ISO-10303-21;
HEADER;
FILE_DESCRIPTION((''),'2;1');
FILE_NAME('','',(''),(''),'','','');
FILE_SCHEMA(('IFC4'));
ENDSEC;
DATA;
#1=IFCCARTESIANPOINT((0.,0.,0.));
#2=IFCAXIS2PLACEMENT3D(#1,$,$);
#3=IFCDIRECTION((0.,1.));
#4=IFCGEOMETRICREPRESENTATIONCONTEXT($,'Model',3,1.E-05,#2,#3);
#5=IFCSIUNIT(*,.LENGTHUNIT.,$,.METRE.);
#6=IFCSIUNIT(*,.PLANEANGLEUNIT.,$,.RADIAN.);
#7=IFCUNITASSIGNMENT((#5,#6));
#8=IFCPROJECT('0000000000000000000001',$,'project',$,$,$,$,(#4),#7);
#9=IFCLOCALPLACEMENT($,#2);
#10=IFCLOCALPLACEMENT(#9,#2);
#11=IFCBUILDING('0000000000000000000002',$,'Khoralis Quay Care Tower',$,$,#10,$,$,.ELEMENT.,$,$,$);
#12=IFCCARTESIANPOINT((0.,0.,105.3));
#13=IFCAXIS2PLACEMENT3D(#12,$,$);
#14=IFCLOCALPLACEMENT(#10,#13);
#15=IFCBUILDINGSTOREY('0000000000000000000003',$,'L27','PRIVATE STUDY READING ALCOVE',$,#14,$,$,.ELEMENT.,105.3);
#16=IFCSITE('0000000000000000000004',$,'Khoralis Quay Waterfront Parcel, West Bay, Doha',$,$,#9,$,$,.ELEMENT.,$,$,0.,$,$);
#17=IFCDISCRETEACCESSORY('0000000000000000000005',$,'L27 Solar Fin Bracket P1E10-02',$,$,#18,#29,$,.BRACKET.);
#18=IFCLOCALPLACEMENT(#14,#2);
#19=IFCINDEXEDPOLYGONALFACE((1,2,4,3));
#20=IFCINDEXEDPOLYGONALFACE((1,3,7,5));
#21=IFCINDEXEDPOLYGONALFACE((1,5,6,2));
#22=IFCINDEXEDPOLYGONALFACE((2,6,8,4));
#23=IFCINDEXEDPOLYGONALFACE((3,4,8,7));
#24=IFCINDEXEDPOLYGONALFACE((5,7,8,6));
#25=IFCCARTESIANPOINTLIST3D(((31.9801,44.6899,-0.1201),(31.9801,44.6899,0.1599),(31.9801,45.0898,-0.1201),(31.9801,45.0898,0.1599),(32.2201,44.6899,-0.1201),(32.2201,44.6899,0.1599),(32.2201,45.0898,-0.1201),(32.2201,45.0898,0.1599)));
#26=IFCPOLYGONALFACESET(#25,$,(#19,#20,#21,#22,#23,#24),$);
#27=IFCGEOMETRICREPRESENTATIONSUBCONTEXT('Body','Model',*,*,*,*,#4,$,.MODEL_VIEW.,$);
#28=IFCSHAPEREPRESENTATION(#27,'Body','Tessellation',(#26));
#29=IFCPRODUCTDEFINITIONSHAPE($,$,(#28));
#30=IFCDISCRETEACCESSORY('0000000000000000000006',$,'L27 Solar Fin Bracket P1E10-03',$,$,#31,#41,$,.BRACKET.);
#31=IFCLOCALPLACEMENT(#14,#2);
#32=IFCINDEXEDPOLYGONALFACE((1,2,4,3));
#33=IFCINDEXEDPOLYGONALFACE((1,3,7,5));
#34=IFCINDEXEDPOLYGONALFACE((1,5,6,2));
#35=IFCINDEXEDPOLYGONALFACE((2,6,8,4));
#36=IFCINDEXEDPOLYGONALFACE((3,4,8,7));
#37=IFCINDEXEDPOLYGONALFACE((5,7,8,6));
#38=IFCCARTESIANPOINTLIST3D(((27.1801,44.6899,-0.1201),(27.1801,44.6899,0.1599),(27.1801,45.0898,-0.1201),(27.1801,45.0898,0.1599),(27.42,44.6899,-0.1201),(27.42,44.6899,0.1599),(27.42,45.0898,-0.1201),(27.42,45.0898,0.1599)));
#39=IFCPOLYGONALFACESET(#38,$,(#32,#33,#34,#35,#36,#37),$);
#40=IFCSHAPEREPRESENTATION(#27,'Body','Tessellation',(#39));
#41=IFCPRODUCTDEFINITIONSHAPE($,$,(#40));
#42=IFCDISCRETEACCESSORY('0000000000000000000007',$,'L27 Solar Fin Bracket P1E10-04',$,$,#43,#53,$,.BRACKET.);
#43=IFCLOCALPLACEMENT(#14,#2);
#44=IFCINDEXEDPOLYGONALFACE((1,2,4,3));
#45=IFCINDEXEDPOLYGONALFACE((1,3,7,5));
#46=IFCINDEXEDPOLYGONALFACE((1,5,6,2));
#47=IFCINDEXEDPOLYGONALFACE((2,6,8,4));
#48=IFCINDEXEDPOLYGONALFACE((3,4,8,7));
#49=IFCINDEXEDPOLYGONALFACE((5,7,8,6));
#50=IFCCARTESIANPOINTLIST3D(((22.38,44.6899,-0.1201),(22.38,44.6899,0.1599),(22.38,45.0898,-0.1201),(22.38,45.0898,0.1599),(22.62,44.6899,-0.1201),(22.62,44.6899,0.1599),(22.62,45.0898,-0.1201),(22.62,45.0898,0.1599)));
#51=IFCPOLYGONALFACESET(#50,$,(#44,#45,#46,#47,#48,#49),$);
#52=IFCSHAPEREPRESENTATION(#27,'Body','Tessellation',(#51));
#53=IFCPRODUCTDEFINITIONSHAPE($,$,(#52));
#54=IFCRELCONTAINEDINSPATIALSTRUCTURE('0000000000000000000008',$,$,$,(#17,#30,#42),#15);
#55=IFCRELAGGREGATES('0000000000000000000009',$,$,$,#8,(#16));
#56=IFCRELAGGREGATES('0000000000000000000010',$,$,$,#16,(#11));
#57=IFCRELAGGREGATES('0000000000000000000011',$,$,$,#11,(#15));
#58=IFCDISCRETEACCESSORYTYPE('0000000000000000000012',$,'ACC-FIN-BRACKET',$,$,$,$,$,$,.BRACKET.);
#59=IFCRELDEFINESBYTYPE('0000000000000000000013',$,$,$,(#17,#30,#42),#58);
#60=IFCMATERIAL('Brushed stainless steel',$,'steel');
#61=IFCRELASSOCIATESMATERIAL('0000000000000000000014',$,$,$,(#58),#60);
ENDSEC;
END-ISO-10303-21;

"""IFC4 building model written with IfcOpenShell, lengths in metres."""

from ifc_helpers import new_model, si_unit, direction, frame, origin, origin_2d, place, context, subcontext, project, spatial, rectangle, extrude, source, transform, mapped, material, type_object, element, save


model = new_model("IFC4")

# Units and contexts
model_context = context("Model", 3, precision=1e-05, world=origin(), true_north=direction((0.0, 1.0)))
body_context = subcontext(model_context, "Body", "Model", "MODEL_VIEW")
ifc_project = project(units=[si_unit("LENGTHUNIT", "METRE"), si_unit("PLANEANGLEUNIT", "RADIAN")], contexts=[model_context])

# Site, building, storey
site_placement = place(None, origin())
site = spatial("IfcSite", under=ifc_project, at=site_placement, Name="Khoralis Quay Waterfront Parcel, West Bay, Doha", CompositionType="ELEMENT", RefElevation=0.0)
building_placement = place(site_placement, origin())
building = spatial("IfcBuilding", under=site, at=building_placement, Name="Khoralis Quay Care Tower", CompositionType="ELEMENT")
storey_placement = place(building_placement, frame((0.0, 0.0, 105.3)))
storey = spatial("IfcBuildingStorey", under=building, at=storey_placement, Name="L27", Description="PRIVATE STUDY READING ALCOVE", CompositionType="ELEMENT", Elevation=105.3)

# Discrete accessories
ifc_material_1 = material(Name="Brushed stainless steel", Category="steel")
discrete_accessory_type = type_object("IfcDiscreteAccessoryType", Name="ACC-FIN-BRACKET", PredefinedType="BRACKET", material=ifc_material_1)
shared_shape_1 = source(origin(), body_context, "Body", "SweptSolid", [
    extrude(rectangle(XDim=0.3999, YDim=0.24, at=origin_2d()), origin(), (0.0, 0.0, 1.0), 0.28),
])
for number, where, z_axis, x_axis, name in (
    (1, (32.1001, 44.8899, -0.1201), (0.0, 0.0, 1.0), (0.0, 1.0, 0.0), "L27 Solar Fin Bracket P1E10-02"),
    (2, (27.3, 44.8899, -0.1201), (0.0, 0.0, 1.0), (0.0, 1.0, 0.0), "L27 Solar Fin Bracket P1E10-03"),
    (3, (22.5, 44.8899, -0.1201), (0.0, 0.0, 1.0), (0.0, 1.0, 0.0), "L27 Solar Fin Bracket P1E10-04"),
):
    element("IfcDiscreteAccessory", number, at=place(storey_placement, frame(where, z_axis=z_axis, x_axis=x_axis)), inside=storey, type_object=discrete_accessory_type, Name=name, PredefinedType="BRACKET", context=body_context, shape_type="MappedRepresentation", body=[
        mapped(shared_shape_1, transform((0.0, 0.0, 0.0), scale=1.0)),
    ])

save(model, "model.ifc")
